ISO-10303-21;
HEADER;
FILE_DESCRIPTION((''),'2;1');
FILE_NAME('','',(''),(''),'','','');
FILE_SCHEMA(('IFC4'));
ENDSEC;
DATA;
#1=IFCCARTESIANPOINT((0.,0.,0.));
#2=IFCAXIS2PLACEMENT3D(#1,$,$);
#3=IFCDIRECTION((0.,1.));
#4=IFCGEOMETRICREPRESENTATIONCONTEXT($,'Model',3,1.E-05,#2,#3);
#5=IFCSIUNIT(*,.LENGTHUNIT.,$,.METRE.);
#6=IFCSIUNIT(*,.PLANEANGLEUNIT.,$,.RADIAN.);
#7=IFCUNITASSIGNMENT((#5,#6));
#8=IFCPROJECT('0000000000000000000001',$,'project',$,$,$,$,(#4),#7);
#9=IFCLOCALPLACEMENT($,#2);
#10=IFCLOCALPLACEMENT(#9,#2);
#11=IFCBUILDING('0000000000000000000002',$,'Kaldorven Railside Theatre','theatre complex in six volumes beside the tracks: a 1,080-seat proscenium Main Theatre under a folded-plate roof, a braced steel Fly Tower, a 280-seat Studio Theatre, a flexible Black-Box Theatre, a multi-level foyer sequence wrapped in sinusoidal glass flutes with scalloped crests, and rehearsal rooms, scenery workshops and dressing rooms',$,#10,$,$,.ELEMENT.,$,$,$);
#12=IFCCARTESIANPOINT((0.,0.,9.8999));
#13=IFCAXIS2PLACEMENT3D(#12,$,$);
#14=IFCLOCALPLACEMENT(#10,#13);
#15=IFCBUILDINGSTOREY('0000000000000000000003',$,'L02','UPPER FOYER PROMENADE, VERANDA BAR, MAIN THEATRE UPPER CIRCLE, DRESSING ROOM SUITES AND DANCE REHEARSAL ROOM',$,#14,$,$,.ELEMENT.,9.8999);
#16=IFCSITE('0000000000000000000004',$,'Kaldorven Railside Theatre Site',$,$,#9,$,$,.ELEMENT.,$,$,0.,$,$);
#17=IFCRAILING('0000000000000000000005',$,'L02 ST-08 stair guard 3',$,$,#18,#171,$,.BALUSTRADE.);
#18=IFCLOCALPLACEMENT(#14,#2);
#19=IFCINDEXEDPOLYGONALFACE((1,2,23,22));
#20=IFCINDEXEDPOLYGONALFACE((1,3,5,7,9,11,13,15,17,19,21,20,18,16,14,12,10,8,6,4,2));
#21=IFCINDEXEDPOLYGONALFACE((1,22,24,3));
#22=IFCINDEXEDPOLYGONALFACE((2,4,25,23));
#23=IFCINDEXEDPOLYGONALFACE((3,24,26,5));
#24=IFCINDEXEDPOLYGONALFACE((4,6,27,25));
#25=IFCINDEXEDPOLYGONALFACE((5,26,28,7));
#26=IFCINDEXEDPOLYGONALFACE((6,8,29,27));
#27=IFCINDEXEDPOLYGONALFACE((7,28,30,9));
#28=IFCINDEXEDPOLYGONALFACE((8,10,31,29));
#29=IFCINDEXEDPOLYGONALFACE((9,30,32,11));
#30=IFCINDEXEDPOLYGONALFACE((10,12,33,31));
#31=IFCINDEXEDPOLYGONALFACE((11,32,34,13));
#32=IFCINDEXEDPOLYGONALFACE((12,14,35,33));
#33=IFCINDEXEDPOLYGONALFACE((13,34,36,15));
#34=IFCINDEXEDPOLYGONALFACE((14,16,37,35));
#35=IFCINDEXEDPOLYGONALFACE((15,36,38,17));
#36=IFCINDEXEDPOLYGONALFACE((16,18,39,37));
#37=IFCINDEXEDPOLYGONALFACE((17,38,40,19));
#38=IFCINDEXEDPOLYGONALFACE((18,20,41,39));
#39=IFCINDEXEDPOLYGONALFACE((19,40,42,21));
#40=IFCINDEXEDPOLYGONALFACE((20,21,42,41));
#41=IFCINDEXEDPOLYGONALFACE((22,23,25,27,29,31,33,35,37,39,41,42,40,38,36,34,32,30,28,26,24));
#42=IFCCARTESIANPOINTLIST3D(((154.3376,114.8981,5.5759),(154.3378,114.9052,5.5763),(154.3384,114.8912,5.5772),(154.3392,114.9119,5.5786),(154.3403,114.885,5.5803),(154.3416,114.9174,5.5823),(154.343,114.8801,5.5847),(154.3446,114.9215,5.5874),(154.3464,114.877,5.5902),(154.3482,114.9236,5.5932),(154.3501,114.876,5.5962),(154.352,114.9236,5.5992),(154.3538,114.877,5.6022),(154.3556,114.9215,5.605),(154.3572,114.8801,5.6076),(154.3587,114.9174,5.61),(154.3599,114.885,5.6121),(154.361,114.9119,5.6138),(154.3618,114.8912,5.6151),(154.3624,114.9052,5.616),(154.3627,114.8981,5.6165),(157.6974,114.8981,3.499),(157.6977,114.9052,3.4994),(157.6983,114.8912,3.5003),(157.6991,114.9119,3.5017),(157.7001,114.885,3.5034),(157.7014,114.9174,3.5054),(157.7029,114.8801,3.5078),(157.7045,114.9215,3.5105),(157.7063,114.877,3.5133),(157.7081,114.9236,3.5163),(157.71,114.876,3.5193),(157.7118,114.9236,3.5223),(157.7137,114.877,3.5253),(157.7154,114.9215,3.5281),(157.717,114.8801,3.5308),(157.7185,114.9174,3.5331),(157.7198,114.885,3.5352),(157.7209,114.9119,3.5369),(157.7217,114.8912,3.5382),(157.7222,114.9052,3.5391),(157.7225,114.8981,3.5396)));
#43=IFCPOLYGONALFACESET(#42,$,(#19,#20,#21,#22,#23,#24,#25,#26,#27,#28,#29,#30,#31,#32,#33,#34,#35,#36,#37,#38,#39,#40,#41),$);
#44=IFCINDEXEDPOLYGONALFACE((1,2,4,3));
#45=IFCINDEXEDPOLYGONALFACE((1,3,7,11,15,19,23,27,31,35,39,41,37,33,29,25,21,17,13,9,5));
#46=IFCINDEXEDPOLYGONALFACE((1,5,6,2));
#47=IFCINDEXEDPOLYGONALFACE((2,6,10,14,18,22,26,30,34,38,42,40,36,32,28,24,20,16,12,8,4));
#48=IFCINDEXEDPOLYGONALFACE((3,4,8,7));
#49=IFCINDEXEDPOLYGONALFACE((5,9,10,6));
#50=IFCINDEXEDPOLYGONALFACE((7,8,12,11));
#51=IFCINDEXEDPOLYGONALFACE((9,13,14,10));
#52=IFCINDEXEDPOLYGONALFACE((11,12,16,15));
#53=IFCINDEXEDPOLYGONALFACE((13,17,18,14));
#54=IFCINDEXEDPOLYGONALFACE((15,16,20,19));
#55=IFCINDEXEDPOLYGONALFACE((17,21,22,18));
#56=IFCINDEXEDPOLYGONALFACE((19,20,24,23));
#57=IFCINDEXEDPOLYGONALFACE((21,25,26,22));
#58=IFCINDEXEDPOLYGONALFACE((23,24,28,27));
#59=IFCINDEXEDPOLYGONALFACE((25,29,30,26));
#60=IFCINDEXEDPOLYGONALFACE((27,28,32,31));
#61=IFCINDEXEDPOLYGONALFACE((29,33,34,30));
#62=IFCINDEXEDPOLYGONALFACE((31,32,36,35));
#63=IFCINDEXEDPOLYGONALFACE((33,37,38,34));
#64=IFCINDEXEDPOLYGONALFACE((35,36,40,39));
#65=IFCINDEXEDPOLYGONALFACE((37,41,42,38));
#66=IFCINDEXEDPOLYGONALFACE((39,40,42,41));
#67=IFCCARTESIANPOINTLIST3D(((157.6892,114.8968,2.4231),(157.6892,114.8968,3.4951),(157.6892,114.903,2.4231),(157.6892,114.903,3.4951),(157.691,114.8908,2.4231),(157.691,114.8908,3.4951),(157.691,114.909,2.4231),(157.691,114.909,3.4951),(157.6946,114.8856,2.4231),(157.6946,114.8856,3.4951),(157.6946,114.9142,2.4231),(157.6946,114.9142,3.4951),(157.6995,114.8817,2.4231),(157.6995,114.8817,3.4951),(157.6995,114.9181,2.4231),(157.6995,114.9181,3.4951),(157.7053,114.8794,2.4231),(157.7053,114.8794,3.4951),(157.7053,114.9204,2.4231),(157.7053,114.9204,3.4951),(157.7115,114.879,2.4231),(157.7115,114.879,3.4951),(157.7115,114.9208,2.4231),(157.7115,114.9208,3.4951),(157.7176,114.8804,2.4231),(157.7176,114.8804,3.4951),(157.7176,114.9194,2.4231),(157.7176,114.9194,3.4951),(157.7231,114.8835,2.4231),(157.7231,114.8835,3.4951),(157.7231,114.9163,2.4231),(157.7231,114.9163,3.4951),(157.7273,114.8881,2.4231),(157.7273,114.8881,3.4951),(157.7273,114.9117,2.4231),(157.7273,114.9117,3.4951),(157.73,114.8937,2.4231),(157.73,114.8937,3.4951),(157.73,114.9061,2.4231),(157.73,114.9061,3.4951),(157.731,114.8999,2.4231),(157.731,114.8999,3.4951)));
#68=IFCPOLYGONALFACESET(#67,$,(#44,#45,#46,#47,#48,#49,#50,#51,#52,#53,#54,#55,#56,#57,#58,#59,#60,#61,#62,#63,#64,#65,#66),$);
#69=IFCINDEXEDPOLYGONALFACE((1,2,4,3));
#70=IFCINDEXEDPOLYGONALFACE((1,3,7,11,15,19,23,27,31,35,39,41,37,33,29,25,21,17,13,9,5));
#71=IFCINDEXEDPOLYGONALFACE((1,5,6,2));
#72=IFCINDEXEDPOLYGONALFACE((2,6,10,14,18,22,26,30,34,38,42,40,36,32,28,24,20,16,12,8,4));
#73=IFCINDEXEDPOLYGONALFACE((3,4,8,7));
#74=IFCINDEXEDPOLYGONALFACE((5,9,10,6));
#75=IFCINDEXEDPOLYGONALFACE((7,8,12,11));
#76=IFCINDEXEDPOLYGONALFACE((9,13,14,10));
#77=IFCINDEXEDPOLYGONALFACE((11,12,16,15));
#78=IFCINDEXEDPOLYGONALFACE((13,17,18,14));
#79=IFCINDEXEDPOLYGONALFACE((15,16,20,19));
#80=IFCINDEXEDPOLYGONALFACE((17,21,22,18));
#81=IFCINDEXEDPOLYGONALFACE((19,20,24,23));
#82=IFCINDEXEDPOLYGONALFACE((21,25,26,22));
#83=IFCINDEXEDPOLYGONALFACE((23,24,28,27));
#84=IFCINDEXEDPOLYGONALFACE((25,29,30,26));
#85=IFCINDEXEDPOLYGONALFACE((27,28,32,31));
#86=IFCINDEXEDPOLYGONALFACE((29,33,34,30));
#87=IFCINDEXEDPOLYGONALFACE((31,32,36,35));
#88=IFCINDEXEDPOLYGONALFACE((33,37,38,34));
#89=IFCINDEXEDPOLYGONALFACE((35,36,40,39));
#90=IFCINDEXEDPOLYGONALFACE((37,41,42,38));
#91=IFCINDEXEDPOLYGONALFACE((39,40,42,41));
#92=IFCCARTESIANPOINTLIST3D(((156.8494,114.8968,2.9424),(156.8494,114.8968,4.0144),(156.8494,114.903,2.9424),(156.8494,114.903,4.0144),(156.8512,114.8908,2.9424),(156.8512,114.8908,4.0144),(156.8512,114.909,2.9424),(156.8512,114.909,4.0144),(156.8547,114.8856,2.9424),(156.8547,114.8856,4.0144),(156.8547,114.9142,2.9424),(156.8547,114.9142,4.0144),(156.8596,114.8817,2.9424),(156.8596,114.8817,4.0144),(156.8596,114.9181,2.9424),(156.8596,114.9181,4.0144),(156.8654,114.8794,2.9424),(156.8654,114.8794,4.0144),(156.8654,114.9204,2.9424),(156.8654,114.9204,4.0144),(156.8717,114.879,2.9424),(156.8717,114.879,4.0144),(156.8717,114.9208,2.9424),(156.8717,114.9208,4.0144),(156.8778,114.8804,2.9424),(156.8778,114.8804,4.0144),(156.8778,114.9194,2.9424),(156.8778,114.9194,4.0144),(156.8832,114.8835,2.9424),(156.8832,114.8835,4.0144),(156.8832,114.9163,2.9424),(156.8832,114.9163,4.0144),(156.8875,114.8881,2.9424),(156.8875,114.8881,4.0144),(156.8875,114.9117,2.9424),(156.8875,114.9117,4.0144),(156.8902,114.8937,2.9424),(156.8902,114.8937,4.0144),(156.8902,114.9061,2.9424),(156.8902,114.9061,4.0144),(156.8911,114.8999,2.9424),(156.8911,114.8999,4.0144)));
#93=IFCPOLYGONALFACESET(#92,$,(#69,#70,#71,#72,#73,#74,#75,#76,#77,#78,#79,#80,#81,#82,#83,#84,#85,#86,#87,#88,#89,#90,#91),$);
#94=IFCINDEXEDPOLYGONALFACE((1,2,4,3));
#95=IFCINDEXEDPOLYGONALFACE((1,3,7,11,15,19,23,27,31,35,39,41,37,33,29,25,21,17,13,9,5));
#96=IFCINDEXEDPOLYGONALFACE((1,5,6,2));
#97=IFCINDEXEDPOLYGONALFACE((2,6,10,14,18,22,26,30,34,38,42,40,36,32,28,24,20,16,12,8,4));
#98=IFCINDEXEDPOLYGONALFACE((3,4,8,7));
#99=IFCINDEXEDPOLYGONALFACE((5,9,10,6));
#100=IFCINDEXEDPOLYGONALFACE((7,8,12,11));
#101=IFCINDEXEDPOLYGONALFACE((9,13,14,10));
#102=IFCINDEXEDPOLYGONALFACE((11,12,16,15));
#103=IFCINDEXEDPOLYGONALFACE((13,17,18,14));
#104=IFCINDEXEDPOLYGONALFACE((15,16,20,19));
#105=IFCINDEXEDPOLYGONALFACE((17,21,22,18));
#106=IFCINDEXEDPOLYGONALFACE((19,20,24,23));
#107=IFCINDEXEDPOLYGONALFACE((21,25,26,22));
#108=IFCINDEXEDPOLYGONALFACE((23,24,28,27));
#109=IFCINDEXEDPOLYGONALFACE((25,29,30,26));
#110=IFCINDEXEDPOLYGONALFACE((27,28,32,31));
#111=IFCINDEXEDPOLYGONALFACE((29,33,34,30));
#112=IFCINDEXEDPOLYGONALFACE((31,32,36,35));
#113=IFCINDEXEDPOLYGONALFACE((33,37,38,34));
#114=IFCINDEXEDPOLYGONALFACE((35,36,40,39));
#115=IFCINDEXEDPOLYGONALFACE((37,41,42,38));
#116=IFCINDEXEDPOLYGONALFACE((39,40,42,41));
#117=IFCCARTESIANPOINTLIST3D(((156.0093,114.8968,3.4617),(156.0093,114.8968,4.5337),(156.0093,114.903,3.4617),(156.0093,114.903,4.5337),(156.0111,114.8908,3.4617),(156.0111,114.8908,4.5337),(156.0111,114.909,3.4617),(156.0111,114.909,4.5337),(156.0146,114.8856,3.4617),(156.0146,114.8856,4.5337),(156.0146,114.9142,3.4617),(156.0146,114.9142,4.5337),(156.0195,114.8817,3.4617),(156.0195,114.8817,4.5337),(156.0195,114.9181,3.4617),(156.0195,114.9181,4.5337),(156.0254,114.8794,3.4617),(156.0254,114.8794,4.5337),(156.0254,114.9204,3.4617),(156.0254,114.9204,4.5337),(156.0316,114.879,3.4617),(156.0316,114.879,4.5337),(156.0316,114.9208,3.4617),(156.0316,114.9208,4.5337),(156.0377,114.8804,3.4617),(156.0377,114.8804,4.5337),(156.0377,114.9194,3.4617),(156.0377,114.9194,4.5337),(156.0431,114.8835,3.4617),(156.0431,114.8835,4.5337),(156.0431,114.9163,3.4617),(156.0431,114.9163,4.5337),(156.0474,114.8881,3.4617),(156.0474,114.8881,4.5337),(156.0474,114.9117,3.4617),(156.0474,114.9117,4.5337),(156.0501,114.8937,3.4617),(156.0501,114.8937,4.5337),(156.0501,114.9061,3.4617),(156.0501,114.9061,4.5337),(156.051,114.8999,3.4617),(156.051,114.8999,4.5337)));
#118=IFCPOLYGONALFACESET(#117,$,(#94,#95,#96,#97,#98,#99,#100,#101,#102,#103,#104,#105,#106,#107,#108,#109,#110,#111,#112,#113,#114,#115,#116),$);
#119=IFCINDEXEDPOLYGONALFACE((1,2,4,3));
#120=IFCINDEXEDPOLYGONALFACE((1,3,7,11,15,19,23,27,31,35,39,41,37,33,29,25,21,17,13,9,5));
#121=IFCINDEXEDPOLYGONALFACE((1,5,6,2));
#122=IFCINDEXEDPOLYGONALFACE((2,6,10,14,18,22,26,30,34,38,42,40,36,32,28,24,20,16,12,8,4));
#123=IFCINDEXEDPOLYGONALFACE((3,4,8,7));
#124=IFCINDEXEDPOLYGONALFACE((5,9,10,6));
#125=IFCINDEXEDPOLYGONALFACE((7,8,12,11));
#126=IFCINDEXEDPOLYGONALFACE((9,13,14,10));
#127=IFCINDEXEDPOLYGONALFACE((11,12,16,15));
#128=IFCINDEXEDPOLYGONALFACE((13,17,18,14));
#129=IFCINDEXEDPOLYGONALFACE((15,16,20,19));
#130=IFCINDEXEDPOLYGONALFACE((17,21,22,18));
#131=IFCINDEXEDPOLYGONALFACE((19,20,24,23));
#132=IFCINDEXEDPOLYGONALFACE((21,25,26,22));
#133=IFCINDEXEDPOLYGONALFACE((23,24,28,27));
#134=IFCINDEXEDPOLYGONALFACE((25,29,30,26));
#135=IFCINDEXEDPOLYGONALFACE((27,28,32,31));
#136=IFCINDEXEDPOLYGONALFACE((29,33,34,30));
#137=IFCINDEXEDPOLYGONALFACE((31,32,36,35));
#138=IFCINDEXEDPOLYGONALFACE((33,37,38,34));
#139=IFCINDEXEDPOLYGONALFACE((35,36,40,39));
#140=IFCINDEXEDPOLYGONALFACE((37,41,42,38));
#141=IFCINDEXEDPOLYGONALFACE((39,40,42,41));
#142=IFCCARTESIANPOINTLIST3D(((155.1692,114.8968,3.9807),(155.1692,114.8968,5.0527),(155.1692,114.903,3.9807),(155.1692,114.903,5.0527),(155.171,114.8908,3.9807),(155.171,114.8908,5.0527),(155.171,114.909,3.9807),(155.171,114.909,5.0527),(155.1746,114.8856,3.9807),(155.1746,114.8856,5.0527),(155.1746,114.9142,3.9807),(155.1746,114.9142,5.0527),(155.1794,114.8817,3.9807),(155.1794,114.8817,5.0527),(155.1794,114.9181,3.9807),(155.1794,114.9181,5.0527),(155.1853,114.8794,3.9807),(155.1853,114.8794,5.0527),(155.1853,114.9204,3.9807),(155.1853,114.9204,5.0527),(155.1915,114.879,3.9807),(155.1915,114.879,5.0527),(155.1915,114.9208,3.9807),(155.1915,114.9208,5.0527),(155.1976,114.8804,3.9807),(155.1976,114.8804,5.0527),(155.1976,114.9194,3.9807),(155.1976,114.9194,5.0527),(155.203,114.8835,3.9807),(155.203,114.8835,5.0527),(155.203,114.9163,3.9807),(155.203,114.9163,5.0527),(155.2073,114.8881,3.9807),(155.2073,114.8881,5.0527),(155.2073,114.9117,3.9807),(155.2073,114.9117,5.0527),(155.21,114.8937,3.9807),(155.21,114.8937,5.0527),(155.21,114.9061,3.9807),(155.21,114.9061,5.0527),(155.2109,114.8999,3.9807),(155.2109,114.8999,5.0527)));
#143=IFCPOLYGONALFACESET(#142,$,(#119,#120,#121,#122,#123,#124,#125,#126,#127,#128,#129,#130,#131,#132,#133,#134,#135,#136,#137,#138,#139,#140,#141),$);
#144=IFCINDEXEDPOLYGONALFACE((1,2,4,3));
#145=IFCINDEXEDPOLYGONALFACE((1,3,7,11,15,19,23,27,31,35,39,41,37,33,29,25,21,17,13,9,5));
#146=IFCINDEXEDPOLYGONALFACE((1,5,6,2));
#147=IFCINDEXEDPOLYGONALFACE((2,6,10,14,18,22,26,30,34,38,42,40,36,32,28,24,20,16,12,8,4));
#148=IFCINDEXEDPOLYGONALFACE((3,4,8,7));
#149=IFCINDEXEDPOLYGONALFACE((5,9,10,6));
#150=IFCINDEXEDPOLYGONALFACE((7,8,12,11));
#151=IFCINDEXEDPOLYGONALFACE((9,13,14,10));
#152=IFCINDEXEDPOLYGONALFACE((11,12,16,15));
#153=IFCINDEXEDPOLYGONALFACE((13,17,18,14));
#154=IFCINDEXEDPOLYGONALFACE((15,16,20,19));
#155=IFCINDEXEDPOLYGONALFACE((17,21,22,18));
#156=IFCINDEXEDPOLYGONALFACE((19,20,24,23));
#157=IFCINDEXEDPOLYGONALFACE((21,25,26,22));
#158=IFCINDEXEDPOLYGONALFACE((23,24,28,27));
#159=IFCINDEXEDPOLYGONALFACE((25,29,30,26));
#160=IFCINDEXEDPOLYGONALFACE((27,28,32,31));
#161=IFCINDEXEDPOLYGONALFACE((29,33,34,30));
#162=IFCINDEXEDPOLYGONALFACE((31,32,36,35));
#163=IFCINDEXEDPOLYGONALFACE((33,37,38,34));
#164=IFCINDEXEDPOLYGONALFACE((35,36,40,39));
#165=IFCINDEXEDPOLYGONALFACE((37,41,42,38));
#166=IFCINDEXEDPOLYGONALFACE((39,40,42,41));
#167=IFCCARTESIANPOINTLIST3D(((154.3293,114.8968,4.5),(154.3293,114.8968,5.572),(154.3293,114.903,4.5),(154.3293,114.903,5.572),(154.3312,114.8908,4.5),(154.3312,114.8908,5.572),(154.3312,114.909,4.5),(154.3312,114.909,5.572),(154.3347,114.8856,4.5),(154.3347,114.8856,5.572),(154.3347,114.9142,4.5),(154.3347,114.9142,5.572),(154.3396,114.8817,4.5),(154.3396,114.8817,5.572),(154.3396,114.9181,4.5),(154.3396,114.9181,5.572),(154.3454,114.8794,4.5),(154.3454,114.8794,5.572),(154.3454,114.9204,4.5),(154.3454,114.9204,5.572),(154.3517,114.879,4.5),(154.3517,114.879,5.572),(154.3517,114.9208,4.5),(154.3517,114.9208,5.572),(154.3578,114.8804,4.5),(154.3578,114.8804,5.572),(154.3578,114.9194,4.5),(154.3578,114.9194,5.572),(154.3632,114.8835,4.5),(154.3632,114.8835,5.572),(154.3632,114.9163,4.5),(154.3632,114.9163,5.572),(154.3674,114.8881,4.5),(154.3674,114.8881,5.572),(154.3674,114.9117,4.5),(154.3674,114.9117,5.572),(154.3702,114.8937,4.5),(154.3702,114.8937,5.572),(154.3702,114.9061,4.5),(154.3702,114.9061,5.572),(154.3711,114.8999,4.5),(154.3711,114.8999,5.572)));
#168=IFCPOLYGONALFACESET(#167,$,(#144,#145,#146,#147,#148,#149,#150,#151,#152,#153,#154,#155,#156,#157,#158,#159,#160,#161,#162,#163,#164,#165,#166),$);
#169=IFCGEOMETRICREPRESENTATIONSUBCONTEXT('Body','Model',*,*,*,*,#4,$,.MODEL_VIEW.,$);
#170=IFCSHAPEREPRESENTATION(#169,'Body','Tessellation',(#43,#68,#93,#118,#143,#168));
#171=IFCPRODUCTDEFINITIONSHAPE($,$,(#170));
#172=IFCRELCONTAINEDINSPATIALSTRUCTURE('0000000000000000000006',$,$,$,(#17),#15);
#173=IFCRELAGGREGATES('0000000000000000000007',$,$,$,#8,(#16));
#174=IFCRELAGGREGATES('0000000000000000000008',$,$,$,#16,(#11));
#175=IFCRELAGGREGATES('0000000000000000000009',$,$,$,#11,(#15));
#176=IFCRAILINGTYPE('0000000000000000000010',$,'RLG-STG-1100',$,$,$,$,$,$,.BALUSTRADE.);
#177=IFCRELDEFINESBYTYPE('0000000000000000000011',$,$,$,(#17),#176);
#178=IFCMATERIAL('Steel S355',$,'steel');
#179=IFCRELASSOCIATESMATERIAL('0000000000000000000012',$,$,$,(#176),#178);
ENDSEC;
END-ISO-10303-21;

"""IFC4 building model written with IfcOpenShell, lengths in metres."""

from ifc_helpers import new_model, si_unit, direction, frame, origin, origin_2d, place, context, subcontext, project, spatial, circle, extrude, material, type_object, element, save


model = new_model("IFC4")

# Units and contexts
model_context = context("Model", 3, precision=1e-05, world=origin(), true_north=direction((0.0, 1.0)))
body_context = subcontext(model_context, "Body", "Model", "MODEL_VIEW")
ifc_project = project(units=[si_unit("LENGTHUNIT", "METRE"), si_unit("PLANEANGLEUNIT", "RADIAN")], contexts=[model_context])

# Site, building, storey
site_placement = place(None, origin())
site = spatial("IfcSite", under=ifc_project, at=site_placement, Name="Kaldorven Railside Theatre Site", CompositionType="ELEMENT", RefElevation=0.0)
building_placement = place(site_placement, origin())
building = spatial("IfcBuilding", under=site, at=building_placement, Name="Kaldorven Railside Theatre", Description="theatre complex in six volumes beside the tracks: a 1,080-seat proscenium Main Theatre under a folded-plate roof, a braced steel Fly Tower, a 280-seat Studio Theatre, a flexible Black-Box Theatre, a multi-level foyer sequence wrapped in sinusoidal glass flutes with scalloped crests, and rehearsal rooms, scenery workshops and dressing rooms", CompositionType="ELEMENT")
storey_placement = place(building_placement, frame((0.0, 0.0, 9.8999)))
storey = spatial("IfcBuildingStorey", under=building, at=storey_placement, Name="L02", Description="UPPER FOYER PROMENADE, VERANDA BAR, MAIN THEATRE UPPER CIRCLE, DRESSING ROOM SUITES AND DANCE REHEARSAL ROOM", CompositionType="ELEMENT", Elevation=9.8999)

# Shared definitions
ifc_material_1 = material(Name="Steel S355", Category="steel")

# Railing
railing_type_1 = type_object("IfcRailingType", Name="RLG-STG-1100", PredefinedType="BALUSTRADE", material=ifc_material_1)
railing_1_placement = place(storey_placement, frame((157.71, 114.8999, 2.4231)))
element("IfcRailing", 1, at=railing_1_placement, inside=storey, type_object=railing_type_1, Name="L02 ST-08 stair guard 3", PredefinedType="BALUSTRADE", context=body_context, shape_type="SweptSolid", body=[
    extrude(circle(Radius=0.0239, at=origin_2d()), frame((0.0, 0.0, 1.0962), z_axis=(-0.850606, 0.0, 0.525803), x_axis=(0.0, -1.0, 0.0)), (0.0, 0.0, 1.0), 3.95),
    extrude(circle(Radius=0.021, at=origin_2d()), origin(), (0.0, 0.0, 1.0), 1.072),
    extrude(circle(Radius=0.021, at=origin_2d()), frame((-0.8398, 0.0, 0.5193)), (0.0, 0.0, 1.0), 1.072),
    extrude(circle(Radius=0.021, at=origin_2d()), frame((-1.6799, 0.0, 1.0386)), (0.0, 0.0, 1.0), 1.072),
    extrude(circle(Radius=0.021, at=origin_2d()), frame((-2.52, 0.0, 1.5576)), (0.0, 0.0, 1.0), 1.072),
    extrude(circle(Radius=0.021, at=origin_2d()), frame((-3.3599, 0.0, 2.0769)), (0.0, 0.0, 1.0), 1.072),
])

save(model, "model.ifc")
